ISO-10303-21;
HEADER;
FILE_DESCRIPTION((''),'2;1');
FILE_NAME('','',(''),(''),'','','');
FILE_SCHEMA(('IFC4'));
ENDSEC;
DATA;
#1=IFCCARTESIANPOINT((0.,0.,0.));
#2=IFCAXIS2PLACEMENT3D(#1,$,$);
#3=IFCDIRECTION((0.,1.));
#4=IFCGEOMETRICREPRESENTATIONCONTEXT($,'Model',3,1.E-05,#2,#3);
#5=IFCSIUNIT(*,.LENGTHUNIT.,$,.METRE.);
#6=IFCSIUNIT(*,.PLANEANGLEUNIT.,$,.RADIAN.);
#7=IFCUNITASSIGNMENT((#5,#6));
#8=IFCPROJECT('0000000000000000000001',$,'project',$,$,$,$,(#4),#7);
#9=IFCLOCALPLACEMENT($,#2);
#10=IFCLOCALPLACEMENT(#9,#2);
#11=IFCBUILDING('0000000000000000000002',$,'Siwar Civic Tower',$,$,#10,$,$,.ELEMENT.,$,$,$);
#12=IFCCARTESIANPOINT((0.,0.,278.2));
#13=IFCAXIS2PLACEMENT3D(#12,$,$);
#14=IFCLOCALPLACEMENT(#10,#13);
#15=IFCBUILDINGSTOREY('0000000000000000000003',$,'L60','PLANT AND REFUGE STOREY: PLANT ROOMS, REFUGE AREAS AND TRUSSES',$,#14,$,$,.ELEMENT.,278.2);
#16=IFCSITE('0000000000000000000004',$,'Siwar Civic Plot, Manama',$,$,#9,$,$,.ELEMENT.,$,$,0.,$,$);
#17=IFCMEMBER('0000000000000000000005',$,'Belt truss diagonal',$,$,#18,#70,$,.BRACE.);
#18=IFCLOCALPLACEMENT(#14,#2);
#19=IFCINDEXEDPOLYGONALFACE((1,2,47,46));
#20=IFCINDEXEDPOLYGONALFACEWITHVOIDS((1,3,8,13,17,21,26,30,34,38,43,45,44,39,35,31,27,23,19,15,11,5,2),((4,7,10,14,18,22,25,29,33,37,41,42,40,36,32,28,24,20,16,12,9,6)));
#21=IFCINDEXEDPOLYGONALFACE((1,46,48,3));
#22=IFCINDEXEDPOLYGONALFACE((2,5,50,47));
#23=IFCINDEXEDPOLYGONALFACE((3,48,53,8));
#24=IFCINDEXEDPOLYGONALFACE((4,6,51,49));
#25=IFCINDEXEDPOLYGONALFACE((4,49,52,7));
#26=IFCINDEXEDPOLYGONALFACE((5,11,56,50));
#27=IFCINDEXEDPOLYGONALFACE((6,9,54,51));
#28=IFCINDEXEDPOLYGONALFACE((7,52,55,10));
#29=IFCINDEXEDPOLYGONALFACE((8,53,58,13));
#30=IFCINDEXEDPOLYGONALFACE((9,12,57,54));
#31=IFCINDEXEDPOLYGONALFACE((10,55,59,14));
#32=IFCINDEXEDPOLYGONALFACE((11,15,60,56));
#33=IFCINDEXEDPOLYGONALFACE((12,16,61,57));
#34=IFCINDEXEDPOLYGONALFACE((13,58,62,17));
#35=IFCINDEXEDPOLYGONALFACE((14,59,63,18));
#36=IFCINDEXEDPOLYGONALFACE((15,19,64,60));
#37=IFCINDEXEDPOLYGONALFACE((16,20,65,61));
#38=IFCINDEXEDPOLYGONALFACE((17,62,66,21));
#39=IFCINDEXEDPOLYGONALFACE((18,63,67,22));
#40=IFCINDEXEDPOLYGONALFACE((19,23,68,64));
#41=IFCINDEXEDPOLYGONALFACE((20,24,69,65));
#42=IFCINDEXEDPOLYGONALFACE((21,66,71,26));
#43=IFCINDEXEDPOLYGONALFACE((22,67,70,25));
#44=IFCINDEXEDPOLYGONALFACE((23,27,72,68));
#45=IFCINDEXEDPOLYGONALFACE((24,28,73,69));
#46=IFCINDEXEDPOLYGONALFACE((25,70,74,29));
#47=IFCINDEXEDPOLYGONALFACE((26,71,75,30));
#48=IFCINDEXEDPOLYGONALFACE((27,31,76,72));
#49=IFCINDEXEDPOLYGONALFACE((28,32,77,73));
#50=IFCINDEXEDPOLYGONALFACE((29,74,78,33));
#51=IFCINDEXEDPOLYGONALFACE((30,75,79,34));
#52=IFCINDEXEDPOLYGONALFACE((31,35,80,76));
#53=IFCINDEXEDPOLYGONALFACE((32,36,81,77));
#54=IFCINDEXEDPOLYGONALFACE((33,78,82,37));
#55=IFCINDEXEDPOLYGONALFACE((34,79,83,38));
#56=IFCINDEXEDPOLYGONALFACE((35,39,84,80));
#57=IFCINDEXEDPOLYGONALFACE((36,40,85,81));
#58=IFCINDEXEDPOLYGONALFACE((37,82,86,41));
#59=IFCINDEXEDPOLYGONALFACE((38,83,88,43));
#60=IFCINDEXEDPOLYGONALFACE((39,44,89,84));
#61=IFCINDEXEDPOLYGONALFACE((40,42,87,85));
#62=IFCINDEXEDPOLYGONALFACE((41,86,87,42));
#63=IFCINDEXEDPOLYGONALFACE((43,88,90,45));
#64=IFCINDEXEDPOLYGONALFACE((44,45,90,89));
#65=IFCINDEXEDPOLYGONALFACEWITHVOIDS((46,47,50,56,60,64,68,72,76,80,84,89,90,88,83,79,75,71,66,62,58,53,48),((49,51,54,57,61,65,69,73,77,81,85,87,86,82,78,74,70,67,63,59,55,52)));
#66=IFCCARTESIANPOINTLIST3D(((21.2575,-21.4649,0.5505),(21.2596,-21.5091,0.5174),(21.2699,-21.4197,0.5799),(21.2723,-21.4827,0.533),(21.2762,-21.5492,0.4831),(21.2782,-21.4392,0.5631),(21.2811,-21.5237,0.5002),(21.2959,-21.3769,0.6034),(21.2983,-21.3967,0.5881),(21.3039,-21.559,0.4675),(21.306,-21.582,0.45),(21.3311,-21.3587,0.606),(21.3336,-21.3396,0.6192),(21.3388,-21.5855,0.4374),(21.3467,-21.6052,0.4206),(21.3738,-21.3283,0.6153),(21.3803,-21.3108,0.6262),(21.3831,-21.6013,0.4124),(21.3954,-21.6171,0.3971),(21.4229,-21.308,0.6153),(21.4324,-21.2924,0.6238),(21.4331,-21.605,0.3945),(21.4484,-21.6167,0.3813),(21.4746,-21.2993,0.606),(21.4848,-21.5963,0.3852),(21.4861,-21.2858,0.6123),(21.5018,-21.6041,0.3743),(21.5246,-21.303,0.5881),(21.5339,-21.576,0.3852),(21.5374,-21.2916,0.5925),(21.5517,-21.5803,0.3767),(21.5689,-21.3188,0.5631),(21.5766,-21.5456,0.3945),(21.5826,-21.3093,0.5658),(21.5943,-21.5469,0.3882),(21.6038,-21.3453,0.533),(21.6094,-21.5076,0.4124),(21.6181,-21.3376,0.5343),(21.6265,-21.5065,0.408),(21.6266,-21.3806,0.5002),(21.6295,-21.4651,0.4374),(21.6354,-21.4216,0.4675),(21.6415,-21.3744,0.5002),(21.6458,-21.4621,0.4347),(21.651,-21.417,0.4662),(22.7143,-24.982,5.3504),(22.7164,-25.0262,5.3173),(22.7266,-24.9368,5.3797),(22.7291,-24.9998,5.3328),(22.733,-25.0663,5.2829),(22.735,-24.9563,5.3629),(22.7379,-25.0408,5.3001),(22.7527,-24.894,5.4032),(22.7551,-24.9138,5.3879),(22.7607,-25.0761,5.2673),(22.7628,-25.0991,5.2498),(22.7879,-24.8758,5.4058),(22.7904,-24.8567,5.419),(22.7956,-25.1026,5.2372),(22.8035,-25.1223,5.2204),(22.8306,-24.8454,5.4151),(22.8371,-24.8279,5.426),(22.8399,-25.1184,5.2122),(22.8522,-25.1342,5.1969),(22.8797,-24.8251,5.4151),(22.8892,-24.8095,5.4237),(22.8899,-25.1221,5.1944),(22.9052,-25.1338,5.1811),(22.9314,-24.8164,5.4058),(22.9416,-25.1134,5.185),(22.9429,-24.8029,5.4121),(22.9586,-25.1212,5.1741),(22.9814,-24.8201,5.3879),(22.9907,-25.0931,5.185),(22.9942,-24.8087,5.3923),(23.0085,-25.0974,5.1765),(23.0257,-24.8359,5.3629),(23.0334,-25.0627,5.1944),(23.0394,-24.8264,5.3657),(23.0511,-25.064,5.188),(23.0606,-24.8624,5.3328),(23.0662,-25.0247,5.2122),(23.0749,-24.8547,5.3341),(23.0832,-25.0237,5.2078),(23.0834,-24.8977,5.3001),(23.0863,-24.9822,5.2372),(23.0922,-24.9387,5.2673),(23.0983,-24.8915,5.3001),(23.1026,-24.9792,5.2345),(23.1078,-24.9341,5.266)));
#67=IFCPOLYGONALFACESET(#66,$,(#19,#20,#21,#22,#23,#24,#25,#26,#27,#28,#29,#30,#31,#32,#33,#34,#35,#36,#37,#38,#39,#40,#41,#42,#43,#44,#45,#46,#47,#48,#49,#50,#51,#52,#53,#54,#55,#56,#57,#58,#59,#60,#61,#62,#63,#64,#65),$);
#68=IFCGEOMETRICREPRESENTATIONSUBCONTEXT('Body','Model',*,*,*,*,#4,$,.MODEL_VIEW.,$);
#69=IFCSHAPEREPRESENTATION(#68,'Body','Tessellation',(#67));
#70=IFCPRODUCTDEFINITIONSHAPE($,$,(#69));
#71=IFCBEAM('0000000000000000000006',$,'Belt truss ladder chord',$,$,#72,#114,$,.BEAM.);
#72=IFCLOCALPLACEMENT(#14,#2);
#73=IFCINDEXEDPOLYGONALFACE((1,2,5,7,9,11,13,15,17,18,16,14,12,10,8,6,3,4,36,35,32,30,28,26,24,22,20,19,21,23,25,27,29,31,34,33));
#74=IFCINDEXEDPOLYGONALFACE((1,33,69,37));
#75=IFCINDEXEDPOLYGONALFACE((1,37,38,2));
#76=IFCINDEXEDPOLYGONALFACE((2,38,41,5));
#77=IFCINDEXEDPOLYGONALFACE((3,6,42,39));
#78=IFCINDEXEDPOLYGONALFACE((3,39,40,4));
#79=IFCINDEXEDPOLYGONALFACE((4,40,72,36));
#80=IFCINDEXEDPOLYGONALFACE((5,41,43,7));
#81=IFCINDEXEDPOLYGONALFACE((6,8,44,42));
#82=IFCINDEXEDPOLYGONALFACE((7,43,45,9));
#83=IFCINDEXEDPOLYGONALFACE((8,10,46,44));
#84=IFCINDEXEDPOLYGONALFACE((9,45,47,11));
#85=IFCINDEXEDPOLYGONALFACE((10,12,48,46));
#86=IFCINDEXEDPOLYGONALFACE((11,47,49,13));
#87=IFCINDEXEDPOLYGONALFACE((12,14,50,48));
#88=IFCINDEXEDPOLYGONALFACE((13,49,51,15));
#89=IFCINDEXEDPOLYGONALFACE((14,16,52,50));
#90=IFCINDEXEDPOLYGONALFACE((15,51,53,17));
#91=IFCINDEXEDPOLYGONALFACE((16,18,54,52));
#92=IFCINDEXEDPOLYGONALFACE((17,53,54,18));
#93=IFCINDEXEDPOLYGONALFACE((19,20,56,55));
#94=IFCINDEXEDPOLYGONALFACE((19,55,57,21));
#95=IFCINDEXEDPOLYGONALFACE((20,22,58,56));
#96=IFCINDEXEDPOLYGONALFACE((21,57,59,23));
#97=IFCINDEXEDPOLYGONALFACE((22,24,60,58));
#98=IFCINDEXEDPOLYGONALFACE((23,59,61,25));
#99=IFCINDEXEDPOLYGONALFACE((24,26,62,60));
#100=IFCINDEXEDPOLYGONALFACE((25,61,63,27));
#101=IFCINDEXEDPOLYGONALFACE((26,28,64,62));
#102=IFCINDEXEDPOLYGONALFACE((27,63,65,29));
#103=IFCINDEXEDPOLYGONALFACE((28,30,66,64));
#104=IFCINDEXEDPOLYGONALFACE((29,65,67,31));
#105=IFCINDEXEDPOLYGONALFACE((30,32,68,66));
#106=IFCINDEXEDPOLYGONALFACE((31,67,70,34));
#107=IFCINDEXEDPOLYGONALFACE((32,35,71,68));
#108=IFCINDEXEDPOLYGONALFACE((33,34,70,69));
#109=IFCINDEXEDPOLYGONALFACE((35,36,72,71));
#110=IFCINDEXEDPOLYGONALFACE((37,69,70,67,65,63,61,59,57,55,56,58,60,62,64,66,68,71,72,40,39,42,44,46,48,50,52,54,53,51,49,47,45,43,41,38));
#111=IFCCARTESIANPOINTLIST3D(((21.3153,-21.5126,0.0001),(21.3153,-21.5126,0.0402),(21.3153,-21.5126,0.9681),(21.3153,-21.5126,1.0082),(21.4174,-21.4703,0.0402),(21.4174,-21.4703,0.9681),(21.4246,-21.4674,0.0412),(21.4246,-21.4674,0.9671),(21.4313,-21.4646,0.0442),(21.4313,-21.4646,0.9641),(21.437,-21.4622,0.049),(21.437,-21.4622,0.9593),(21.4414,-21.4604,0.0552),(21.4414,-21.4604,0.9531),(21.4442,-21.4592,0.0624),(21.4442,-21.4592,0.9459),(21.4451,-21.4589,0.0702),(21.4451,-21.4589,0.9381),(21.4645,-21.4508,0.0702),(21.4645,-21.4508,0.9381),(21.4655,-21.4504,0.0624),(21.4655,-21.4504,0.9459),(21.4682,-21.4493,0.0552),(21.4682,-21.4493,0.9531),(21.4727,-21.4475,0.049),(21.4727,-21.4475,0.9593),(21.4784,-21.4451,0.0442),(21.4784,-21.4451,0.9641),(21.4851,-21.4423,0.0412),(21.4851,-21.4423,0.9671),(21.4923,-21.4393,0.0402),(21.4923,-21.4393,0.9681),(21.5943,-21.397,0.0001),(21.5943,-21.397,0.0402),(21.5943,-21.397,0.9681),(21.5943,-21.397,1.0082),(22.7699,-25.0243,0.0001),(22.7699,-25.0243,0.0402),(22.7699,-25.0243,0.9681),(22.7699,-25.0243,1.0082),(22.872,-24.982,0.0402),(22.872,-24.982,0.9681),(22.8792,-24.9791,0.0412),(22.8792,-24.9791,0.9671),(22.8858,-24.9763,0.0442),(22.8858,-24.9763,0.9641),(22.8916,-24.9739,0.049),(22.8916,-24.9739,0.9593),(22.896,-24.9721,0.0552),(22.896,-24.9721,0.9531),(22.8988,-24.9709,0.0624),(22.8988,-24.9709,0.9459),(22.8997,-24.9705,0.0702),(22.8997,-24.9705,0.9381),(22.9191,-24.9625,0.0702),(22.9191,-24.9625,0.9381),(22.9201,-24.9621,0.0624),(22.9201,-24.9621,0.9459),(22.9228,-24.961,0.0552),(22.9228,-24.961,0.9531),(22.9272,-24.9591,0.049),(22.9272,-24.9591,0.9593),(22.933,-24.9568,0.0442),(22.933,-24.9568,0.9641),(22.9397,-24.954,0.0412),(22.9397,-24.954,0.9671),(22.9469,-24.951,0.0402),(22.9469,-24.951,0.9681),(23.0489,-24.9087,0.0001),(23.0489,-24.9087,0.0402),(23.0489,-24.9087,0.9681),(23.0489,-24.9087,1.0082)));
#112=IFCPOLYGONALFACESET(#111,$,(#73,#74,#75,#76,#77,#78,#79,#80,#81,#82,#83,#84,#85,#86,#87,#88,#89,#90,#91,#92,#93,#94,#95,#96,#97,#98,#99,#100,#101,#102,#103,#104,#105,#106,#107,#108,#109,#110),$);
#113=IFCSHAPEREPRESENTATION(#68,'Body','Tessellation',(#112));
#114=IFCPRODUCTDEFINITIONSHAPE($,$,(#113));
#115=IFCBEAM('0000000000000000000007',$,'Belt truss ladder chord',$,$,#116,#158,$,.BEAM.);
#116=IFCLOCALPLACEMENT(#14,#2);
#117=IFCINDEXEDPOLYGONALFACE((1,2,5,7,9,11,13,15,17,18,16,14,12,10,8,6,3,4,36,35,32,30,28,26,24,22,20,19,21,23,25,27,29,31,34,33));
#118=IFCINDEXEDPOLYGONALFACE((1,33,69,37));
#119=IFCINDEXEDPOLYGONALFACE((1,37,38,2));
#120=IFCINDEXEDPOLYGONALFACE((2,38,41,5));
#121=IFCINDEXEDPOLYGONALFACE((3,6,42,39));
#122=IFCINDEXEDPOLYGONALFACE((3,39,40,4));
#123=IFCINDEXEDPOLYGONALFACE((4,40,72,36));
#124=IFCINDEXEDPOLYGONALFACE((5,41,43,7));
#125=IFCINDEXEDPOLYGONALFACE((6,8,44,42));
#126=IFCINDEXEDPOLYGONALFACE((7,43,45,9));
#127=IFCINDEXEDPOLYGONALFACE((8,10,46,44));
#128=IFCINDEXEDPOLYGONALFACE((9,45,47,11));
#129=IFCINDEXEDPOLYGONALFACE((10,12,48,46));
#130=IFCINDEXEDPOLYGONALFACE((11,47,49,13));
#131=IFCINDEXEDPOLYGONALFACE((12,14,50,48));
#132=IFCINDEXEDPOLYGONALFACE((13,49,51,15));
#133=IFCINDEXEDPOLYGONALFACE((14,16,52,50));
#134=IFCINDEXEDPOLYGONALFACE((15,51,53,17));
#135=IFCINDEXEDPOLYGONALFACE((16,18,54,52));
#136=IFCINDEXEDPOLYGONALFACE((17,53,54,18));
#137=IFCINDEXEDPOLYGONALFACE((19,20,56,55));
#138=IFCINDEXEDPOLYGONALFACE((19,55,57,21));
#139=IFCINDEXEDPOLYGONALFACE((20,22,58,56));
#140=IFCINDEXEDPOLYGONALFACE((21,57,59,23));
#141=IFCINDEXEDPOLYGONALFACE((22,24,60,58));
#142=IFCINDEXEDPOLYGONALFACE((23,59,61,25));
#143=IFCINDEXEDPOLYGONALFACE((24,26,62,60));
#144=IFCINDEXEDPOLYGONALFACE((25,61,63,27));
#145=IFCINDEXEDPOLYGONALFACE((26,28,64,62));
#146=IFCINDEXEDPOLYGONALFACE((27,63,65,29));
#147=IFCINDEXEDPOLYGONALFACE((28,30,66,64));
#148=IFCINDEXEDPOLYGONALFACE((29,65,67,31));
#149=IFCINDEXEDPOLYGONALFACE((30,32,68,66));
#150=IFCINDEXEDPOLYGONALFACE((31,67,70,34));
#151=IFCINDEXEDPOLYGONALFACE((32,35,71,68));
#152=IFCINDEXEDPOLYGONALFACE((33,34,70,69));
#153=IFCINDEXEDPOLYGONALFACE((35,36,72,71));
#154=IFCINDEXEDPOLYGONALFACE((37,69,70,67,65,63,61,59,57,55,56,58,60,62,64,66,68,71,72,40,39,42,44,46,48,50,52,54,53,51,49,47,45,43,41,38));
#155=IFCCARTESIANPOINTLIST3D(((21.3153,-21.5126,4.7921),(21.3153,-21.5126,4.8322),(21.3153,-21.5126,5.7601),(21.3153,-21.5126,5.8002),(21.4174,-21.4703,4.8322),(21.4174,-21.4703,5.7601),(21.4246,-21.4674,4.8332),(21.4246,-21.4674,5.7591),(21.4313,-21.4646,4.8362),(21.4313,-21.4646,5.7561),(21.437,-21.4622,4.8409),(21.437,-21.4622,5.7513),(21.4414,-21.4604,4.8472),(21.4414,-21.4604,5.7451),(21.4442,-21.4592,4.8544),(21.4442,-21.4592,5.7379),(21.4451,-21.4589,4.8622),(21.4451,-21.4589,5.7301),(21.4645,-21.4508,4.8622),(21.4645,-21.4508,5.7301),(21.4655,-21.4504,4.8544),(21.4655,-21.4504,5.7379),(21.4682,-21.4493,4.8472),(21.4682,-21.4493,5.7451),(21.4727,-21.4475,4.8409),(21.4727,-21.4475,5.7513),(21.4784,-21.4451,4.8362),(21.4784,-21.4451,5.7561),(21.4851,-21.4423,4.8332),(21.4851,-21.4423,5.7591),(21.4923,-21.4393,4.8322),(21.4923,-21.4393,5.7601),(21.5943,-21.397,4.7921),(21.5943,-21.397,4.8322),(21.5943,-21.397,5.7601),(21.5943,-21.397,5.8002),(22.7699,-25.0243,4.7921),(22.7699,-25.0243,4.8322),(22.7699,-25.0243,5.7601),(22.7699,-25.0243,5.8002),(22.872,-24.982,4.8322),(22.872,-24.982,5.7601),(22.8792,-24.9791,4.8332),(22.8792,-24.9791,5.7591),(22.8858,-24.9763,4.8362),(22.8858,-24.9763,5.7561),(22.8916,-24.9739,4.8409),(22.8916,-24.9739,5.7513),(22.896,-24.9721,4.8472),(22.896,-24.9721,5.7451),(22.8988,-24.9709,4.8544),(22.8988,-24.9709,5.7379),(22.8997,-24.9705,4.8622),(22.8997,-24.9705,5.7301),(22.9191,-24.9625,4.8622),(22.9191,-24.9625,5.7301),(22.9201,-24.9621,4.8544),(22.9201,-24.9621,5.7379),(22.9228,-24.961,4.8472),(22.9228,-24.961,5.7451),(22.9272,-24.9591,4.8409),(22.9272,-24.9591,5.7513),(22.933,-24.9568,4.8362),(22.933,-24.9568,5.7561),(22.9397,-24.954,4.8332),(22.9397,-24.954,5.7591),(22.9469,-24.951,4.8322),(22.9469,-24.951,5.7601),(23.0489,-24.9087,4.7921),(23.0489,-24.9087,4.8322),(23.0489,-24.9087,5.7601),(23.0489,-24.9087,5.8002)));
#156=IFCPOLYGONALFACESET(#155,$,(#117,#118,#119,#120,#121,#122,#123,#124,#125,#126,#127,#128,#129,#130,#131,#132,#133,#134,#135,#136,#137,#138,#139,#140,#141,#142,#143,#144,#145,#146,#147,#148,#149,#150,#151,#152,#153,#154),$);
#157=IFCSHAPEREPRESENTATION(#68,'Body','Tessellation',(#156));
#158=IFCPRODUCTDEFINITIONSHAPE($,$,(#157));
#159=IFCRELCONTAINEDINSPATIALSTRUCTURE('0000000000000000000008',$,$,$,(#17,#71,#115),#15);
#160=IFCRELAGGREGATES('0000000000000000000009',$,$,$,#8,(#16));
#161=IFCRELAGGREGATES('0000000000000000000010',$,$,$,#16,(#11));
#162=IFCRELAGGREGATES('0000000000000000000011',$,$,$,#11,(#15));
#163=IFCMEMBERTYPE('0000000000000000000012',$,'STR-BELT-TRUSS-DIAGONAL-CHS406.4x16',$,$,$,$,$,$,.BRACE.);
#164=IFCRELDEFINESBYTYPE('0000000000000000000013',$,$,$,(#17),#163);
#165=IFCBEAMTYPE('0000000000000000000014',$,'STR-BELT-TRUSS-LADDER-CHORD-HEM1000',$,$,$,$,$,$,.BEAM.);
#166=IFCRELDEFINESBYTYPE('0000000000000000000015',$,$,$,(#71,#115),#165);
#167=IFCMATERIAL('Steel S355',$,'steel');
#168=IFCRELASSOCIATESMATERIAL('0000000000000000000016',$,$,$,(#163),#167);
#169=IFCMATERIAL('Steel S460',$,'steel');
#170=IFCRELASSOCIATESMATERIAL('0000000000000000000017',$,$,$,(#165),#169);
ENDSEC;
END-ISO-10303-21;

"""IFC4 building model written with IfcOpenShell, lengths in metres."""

from ifc_helpers import new_model, si_unit, direction, frame, origin, origin_2d, place, context, subcontext, project, spatial, hollow_circle, i_section, extrude, material, material_profile, profile_set, type_object, element, save


model = new_model("IFC4")

# Units and contexts
model_context = context("Model", 3, precision=1e-05, world=origin(), true_north=direction((0.0, 1.0)))
body_context = subcontext(model_context, "Body", "Model", "MODEL_VIEW")
ifc_project = project(units=[si_unit("LENGTHUNIT", "METRE"), si_unit("PLANEANGLEUNIT", "RADIAN")], contexts=[model_context])

# Site, building, storey
site_placement = place(None, origin())
site = spatial("IfcSite", under=ifc_project, at=site_placement, Name="Siwar Civic Plot, Manama", CompositionType="ELEMENT", RefElevation=0.0)
building_placement = place(site_placement, origin())
building = spatial("IfcBuilding", under=site, at=building_placement, Name="Siwar Civic Tower", CompositionType="ELEMENT")
storey_placement = place(building_placement, frame((0.0, 0.0, 278.2)))
storey = spatial("IfcBuildingStorey", under=building, at=storey_placement, Name="L60", Description="PLANT AND REFUGE STOREY: PLANT ROOMS, REFUGE AREAS AND TRUSSES", CompositionType="ELEMENT", Elevation=278.2)

# Member
ifc_material_1 = material(Name="Steel S355", Category="steel")
ifc_material_profile_1 = material_profile(ifc_material_1, hollow_circle(Radius=0.2031, WallThickness=0.0161, at=origin_2d()), Name="CHS406.4x16")
ifc_profile_set_1 = profile_set([ifc_material_profile_1], Name="Steel S355")
member_type_1 = type_object("IfcMemberType", Name="STR-BELT-TRUSS-DIAGONAL-CHS406.4x16", PredefinedType="BRACE", material=ifc_profile_set_1)
member_1_placement = place(storey_placement, frame((21.4539, -21.4521, 0.5002), z_axis=(0.237796, -0.574107, 0.783489), x_axis=(0.923883, 0.382675, 0.0)))
element("IfcMember", 1, at=member_1_placement, inside=storey, type_object=member_type_1, Name="Belt truss diagonal", PredefinedType="BRACE", context=body_context, shape_type="SweptSolid", body=[
    extrude(hollow_circle(Radius=0.2031, WallThickness=0.0161, at=origin_2d()), origin(), (0.0, 0.0, 1.0), 6.1262),
])

# Beams
ifc_material_2 = material(Name="Steel S460", Category="steel")
ifc_material_profile_2 = material_profile(ifc_material_2, i_section(OverallWidth=0.302, OverallDepth=1.0081, WebThickness=0.021, FlangeThickness=0.04, FilletRadius=0.03, at=origin_2d()), Name="HEM1000")
ifc_profile_set_2 = profile_set([ifc_material_profile_2], Name="Steel S460")
beam_type_1 = type_object("IfcBeamType", Name="STR-BELT-TRUSS-LADDER-CHORD-HEM1000", PredefinedType="BEAM", material=ifc_profile_set_2)
for number, where, z_axis, x_axis, name in (
    (2, (21.4548, -21.4548, 0.5042), (0.382681, -0.923881, 0.0), (0.923881, 0.382681, 0.0), "Belt truss ladder chord"),
    (3, (21.4548, -21.4548, 5.2961), (0.382681, -0.923881, 0.0), (0.923881, 0.382681, 0.0), "Belt truss ladder chord"),
):
    element("IfcBeam", number, at=place(storey_placement, frame(where, z_axis=z_axis, x_axis=x_axis)), inside=storey, type_object=beam_type_1, Name=name, PredefinedType="BEAM", context=body_context, shape_type="SweptSolid", body=[
        extrude(i_section(OverallWidth=0.302, OverallDepth=1.0081, WebThickness=0.021, FlangeThickness=0.04, FilletRadius=0.03, at=origin_2d()), origin(), (0.0, 0.0, 1.0), 3.801),
    ])

save(model, "model.ifc")
